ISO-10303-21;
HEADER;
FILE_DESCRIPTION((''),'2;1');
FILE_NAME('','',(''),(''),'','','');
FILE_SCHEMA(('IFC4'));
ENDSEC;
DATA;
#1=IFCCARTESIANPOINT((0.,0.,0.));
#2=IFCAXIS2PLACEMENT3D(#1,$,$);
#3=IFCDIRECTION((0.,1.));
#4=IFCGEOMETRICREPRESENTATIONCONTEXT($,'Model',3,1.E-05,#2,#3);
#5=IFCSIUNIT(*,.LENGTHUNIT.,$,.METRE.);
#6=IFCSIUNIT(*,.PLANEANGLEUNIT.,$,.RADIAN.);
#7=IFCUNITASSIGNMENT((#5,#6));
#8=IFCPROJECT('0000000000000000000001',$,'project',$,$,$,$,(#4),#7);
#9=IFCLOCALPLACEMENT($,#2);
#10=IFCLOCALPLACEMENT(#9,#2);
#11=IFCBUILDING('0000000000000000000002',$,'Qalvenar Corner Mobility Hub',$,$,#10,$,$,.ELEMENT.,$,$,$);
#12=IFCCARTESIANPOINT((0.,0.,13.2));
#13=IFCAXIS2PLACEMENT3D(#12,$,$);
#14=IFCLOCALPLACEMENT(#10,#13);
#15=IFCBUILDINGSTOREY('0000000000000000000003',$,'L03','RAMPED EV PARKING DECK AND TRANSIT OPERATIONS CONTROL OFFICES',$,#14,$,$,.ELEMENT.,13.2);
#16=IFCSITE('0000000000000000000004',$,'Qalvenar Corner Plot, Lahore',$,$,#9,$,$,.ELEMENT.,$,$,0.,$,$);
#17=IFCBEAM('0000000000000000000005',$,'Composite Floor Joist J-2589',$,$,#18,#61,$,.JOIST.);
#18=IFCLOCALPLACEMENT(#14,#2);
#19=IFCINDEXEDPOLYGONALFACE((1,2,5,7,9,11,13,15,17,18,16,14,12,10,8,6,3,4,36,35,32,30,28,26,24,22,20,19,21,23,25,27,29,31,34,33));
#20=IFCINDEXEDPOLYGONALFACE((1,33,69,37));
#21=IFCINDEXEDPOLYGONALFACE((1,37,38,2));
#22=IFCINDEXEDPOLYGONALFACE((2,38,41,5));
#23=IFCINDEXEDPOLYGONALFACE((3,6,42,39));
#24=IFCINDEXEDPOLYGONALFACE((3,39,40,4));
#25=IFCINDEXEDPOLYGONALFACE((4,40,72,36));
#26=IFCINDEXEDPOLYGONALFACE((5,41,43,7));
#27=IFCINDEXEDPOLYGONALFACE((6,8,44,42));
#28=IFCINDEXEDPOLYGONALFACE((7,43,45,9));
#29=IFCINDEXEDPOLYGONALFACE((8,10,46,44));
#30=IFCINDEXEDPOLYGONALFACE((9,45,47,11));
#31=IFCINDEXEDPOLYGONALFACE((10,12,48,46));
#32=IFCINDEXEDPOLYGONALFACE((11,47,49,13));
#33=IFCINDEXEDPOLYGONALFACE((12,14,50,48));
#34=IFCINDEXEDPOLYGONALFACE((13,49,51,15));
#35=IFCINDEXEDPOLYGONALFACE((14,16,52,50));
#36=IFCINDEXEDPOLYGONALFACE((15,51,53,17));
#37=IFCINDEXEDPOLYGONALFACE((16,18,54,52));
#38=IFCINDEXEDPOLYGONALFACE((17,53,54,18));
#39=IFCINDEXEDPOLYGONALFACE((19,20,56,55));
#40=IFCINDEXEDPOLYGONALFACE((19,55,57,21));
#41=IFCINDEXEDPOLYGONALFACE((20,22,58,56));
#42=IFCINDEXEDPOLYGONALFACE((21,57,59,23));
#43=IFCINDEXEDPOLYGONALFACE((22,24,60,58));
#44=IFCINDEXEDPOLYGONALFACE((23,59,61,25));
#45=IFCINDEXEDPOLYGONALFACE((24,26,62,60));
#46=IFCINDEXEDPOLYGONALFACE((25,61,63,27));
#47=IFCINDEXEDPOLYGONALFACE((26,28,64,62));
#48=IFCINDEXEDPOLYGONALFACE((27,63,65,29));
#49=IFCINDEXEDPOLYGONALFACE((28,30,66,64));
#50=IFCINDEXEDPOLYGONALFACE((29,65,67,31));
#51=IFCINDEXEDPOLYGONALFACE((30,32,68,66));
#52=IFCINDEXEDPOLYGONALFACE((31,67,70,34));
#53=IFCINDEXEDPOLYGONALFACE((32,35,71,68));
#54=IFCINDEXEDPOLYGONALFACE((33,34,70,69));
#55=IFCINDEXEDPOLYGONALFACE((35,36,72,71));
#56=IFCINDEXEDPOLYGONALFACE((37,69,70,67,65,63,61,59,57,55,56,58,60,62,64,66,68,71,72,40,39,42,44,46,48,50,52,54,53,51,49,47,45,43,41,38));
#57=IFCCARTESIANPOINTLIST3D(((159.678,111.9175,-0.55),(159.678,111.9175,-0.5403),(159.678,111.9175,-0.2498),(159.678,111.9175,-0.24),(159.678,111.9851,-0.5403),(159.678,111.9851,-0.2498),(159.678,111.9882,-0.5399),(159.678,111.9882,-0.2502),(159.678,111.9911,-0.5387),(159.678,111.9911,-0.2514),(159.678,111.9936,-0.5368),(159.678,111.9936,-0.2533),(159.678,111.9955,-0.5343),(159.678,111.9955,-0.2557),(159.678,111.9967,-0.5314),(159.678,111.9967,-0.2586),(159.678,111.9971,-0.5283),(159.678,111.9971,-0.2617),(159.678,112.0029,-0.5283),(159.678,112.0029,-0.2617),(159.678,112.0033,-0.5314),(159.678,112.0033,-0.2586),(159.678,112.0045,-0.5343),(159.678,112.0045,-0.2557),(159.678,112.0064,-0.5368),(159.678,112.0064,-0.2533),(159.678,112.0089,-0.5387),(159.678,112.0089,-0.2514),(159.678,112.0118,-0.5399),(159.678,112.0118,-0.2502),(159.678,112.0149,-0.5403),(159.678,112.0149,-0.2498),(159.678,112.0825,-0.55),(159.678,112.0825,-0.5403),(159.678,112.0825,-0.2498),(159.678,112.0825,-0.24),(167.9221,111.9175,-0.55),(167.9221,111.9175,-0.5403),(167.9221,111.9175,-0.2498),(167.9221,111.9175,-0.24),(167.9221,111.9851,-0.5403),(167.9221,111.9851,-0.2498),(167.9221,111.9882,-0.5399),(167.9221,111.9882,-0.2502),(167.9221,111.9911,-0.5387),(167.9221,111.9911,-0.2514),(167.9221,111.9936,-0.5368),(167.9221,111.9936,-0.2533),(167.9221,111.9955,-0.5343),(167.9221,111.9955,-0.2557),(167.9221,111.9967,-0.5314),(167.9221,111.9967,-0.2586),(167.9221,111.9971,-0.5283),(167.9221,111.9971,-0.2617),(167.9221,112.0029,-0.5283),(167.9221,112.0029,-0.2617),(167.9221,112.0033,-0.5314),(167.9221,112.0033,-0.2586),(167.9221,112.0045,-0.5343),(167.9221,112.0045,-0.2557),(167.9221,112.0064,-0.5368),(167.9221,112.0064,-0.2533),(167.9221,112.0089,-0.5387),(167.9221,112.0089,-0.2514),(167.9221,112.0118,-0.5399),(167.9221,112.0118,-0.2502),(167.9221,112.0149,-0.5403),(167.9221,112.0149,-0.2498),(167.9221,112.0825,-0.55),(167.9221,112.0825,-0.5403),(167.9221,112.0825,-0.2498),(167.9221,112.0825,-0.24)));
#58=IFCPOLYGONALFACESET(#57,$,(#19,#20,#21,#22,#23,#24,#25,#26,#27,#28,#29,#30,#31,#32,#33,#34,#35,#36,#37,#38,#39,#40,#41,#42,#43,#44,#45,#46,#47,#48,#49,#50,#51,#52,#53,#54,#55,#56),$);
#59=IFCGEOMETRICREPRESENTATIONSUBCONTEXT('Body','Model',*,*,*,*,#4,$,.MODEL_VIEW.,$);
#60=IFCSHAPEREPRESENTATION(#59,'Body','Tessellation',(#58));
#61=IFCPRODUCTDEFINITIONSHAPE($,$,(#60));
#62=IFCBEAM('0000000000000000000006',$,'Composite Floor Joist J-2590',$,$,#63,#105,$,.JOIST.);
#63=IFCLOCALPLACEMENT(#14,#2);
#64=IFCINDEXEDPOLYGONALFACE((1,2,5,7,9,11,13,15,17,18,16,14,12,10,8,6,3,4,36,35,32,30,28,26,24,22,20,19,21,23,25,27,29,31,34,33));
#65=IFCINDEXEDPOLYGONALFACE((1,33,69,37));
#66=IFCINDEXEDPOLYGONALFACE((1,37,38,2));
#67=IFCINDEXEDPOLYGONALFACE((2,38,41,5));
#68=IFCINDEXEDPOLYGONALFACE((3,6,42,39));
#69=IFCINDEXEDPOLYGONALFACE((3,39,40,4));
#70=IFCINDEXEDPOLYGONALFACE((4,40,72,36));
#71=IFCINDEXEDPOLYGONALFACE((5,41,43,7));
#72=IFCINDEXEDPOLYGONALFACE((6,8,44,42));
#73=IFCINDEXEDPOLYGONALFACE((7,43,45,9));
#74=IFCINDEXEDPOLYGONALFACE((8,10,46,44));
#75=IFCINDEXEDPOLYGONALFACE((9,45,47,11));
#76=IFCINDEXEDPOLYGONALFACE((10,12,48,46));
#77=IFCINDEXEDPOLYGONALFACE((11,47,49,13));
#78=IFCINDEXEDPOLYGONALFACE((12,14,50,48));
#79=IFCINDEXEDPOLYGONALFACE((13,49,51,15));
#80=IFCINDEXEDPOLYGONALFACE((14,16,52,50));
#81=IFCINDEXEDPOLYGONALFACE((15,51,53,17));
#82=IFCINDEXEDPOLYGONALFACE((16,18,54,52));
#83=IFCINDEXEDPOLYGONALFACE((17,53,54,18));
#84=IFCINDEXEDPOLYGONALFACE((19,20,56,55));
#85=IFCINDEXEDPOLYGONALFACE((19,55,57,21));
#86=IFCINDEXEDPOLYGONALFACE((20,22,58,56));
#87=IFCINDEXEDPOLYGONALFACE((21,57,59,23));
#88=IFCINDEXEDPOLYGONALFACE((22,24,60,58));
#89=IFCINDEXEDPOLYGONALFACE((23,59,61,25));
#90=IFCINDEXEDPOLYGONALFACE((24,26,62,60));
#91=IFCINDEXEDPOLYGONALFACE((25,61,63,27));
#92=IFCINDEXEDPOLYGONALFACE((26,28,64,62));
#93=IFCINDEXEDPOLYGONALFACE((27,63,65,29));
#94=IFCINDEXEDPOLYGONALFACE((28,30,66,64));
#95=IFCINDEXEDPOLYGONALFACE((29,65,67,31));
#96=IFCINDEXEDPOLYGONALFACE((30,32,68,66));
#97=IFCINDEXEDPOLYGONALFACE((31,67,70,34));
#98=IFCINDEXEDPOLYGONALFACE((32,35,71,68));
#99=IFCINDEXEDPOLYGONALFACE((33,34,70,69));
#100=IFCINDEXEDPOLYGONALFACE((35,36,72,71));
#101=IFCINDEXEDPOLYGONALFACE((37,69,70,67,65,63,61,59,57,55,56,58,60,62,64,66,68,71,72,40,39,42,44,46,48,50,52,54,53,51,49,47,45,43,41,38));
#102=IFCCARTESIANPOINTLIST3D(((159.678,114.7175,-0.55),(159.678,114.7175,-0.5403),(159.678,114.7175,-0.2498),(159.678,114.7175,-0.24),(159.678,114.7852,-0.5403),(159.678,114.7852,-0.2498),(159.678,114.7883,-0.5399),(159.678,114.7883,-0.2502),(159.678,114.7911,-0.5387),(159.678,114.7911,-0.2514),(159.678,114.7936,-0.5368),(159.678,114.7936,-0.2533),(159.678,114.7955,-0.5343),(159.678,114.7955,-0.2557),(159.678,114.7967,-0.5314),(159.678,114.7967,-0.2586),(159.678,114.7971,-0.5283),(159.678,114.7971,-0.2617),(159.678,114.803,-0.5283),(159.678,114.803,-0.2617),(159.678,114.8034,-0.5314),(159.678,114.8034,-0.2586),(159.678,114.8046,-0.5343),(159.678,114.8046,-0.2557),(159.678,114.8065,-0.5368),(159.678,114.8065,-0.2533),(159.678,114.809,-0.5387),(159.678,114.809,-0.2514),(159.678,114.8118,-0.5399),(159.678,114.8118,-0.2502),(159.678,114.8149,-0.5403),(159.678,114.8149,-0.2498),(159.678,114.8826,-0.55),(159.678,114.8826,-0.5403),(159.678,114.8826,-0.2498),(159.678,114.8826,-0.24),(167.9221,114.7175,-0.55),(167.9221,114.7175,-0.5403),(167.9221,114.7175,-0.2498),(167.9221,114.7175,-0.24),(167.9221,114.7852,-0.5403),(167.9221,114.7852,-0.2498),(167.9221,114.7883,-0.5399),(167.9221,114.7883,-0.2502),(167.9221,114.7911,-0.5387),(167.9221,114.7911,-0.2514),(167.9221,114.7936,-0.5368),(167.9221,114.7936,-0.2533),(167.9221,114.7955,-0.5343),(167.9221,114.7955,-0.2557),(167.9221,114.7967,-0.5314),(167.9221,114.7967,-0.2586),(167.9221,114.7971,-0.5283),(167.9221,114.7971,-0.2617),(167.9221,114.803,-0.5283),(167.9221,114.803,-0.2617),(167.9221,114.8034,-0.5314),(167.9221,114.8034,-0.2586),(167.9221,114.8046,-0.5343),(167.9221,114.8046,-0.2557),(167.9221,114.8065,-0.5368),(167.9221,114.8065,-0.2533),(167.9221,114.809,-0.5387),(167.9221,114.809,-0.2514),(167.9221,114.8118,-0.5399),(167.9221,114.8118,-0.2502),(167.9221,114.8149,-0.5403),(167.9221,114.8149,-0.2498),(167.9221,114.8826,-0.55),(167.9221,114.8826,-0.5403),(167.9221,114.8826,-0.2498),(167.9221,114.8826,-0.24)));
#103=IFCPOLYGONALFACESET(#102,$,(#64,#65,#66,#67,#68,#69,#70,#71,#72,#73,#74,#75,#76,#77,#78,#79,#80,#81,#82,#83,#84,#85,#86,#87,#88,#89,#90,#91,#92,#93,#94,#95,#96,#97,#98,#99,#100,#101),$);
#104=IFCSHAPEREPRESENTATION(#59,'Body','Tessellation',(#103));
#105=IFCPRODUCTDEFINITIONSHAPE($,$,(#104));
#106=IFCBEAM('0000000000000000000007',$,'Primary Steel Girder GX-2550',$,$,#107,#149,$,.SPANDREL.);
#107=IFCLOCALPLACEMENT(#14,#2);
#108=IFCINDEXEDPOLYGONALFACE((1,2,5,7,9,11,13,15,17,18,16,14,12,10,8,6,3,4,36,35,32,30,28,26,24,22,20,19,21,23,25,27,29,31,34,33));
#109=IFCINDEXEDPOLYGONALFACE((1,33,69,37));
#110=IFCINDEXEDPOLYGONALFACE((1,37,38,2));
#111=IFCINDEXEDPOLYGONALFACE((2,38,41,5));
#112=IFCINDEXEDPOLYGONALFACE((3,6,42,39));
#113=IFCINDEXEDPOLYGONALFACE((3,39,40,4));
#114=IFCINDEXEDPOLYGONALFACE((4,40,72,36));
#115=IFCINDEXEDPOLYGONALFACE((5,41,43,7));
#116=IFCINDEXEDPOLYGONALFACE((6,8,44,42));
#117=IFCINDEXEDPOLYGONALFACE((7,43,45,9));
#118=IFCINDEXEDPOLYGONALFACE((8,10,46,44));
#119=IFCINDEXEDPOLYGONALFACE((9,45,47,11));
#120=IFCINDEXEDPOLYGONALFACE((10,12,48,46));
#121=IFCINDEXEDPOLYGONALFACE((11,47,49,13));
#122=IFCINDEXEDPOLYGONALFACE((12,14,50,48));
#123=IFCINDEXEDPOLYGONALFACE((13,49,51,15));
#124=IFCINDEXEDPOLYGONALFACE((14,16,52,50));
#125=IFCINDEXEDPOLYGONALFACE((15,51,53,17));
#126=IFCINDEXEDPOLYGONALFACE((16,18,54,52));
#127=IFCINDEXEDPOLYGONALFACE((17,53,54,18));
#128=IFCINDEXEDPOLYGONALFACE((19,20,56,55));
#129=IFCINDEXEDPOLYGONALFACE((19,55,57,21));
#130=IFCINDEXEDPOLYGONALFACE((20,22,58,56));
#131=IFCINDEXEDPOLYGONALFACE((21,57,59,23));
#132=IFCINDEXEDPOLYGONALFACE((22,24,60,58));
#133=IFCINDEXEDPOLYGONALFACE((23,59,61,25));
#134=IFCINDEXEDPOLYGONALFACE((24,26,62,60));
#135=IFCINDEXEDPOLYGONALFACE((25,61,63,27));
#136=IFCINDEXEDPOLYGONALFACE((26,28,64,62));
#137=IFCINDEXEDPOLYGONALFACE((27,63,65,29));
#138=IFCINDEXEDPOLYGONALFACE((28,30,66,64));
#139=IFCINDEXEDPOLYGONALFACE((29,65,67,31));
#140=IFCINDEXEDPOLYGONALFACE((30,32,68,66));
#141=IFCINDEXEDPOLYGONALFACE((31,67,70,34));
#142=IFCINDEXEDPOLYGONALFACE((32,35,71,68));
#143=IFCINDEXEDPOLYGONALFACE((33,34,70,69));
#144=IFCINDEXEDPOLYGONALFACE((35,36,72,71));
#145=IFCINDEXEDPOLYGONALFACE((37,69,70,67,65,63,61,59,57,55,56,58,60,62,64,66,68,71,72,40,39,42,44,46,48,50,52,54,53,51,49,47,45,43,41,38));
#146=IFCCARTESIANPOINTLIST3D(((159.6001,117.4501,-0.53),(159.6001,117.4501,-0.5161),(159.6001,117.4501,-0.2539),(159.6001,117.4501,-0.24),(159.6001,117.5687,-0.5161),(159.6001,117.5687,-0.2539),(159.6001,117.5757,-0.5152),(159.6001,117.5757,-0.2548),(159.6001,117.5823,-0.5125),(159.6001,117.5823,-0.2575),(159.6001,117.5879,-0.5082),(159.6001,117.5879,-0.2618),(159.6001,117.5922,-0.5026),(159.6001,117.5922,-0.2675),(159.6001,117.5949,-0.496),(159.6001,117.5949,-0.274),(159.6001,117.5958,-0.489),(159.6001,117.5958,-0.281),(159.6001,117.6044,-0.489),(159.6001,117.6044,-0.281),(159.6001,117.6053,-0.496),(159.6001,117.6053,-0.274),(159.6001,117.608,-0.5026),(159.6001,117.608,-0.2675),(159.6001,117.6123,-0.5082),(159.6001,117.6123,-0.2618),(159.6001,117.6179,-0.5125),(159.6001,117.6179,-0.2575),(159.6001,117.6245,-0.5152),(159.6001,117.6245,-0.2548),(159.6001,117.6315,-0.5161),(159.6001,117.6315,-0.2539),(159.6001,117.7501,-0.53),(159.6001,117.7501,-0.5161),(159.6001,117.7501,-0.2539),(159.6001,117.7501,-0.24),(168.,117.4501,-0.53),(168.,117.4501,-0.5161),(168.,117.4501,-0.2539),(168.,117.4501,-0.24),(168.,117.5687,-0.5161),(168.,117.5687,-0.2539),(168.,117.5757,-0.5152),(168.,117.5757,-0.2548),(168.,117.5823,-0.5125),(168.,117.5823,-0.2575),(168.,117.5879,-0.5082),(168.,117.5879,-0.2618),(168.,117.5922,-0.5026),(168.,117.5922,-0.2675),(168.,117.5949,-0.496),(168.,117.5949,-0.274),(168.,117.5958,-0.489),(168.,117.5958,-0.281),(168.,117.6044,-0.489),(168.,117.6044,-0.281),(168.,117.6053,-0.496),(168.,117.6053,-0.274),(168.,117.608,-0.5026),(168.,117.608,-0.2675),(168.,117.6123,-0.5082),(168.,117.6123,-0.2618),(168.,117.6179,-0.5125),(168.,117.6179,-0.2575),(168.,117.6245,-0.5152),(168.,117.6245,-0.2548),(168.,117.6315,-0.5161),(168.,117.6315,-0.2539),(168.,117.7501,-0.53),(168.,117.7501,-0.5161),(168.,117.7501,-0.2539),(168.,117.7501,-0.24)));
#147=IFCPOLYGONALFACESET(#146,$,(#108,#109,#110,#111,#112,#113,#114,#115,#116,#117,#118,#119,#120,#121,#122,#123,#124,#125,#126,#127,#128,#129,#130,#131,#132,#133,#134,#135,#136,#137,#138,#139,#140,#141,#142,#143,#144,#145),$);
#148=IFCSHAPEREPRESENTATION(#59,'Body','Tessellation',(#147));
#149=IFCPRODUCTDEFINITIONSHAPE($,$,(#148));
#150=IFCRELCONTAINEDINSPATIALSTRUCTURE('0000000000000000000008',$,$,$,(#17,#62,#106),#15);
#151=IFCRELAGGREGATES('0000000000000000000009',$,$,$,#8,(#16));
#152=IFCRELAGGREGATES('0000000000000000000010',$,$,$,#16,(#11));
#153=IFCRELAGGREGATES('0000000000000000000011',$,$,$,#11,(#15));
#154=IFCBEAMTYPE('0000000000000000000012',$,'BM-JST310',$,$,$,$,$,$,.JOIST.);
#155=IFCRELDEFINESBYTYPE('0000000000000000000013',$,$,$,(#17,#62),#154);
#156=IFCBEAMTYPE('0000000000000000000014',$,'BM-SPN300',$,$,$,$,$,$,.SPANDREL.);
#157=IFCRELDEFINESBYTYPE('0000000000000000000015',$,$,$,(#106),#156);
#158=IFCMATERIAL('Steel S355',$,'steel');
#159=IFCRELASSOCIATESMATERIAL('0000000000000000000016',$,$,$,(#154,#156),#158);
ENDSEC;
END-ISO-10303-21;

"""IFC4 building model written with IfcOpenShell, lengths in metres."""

from ifc_helpers import new_model, si_unit, direction, frame, origin, origin_2d, place, context, subcontext, project, spatial, i_section, extrude, material, material_profile, profile_set, type_object, element, save


model = new_model("IFC4")

# Units and contexts
model_context = context("Model", 3, precision=1e-05, world=origin(), true_north=direction((0.0, 1.0)))
body_context = subcontext(model_context, "Body", "Model", "MODEL_VIEW")
ifc_project = project(units=[si_unit("LENGTHUNIT", "METRE"), si_unit("PLANEANGLEUNIT", "RADIAN")], contexts=[model_context])

# Site, building, storey
site_placement = place(None, origin())
site = spatial("IfcSite", under=ifc_project, at=site_placement, Name="Qalvenar Corner Plot, Lahore", CompositionType="ELEMENT", RefElevation=0.0)
building_placement = place(site_placement, origin())
building = spatial("IfcBuilding", under=site, at=building_placement, Name="Qalvenar Corner Mobility Hub", CompositionType="ELEMENT")
storey_placement = place(building_placement, frame((0.0, 0.0, 13.2)))
storey = spatial("IfcBuildingStorey", under=building, at=storey_placement, Name="L03", Description="RAMPED EV PARKING DECK AND TRANSIT OPERATIONS CONTROL OFFICES", CompositionType="ELEMENT", Elevation=13.2)

# Shared definitions
ifc_material_1 = material(Name="Steel S355", Category="steel")

# Beams
ifc_material_profile_1 = material_profile(ifc_material_1, i_section(OverallWidth=0.165, OverallDepth=0.3101, WebThickness=0.0059, FlangeThickness=0.0098, FilletRadius=0.012, at=origin_2d()), Name="W310x38.7")
ifc_profile_set_1 = profile_set([ifc_material_profile_1], Name="Steel S355")
beam_type_1 = type_object("IfcBeamType", Name="BM-JST310", PredefinedType="JOIST", material=ifc_profile_set_1)
for number, where, z_axis, x_axis, name in (
    (1, (159.678, 112.0, -0.395), (1.0, 0.0, 0.0), (0.0, 1.0, 0.0), "Composite Floor Joist J-2589"),
    (2, (159.678, 114.8, -0.395), (1.0, 0.0, 0.0), (0.0, 1.0, 0.0), "Composite Floor Joist J-2590"),
):
    element("IfcBeam", number, at=place(storey_placement, frame(where, z_axis=z_axis, x_axis=x_axis)), inside=storey, type_object=beam_type_1, Name=name, PredefinedType="JOIST", context=body_context, shape_type="SweptSolid", body=[
        extrude(i_section(OverallWidth=0.165, OverallDepth=0.3101, WebThickness=0.0059, FlangeThickness=0.0098, FilletRadius=0.012, at=origin_2d()), origin(), (0.0, 0.0, 1.0), 8.2441),
    ])
ifc_material_profile_2 = material_profile(ifc_material_1, i_section(OverallWidth=0.3, OverallDepth=0.29, WebThickness=0.0085, FlangeThickness=0.0139, FilletRadius=0.0271, at=origin_2d()), Name="HEA300")
ifc_profile_set_2 = profile_set([ifc_material_profile_2], Name="Steel S355")
beam_type_2 = type_object("IfcBeamType", Name="BM-SPN300", PredefinedType="SPANDREL", material=ifc_profile_set_2)
beam_1_placement = place(storey_placement, frame((159.6001, 117.6001, -0.385), z_axis=(1.0, 0.0, 0.0), x_axis=(0.0, 1.0, 0.0)))
element("IfcBeam", 3, at=beam_1_placement, inside=storey, type_object=beam_type_2, Name="Primary Steel Girder GX-2550", PredefinedType="SPANDREL", context=body_context, shape_type="SweptSolid", body=[
    extrude(i_section(OverallWidth=0.3, OverallDepth=0.29, WebThickness=0.0085, FlangeThickness=0.0139, FilletRadius=0.0271, at=origin_2d()), origin(), (0.0, 0.0, 1.0), 8.3999),
])

save(model, "model.ifc")
